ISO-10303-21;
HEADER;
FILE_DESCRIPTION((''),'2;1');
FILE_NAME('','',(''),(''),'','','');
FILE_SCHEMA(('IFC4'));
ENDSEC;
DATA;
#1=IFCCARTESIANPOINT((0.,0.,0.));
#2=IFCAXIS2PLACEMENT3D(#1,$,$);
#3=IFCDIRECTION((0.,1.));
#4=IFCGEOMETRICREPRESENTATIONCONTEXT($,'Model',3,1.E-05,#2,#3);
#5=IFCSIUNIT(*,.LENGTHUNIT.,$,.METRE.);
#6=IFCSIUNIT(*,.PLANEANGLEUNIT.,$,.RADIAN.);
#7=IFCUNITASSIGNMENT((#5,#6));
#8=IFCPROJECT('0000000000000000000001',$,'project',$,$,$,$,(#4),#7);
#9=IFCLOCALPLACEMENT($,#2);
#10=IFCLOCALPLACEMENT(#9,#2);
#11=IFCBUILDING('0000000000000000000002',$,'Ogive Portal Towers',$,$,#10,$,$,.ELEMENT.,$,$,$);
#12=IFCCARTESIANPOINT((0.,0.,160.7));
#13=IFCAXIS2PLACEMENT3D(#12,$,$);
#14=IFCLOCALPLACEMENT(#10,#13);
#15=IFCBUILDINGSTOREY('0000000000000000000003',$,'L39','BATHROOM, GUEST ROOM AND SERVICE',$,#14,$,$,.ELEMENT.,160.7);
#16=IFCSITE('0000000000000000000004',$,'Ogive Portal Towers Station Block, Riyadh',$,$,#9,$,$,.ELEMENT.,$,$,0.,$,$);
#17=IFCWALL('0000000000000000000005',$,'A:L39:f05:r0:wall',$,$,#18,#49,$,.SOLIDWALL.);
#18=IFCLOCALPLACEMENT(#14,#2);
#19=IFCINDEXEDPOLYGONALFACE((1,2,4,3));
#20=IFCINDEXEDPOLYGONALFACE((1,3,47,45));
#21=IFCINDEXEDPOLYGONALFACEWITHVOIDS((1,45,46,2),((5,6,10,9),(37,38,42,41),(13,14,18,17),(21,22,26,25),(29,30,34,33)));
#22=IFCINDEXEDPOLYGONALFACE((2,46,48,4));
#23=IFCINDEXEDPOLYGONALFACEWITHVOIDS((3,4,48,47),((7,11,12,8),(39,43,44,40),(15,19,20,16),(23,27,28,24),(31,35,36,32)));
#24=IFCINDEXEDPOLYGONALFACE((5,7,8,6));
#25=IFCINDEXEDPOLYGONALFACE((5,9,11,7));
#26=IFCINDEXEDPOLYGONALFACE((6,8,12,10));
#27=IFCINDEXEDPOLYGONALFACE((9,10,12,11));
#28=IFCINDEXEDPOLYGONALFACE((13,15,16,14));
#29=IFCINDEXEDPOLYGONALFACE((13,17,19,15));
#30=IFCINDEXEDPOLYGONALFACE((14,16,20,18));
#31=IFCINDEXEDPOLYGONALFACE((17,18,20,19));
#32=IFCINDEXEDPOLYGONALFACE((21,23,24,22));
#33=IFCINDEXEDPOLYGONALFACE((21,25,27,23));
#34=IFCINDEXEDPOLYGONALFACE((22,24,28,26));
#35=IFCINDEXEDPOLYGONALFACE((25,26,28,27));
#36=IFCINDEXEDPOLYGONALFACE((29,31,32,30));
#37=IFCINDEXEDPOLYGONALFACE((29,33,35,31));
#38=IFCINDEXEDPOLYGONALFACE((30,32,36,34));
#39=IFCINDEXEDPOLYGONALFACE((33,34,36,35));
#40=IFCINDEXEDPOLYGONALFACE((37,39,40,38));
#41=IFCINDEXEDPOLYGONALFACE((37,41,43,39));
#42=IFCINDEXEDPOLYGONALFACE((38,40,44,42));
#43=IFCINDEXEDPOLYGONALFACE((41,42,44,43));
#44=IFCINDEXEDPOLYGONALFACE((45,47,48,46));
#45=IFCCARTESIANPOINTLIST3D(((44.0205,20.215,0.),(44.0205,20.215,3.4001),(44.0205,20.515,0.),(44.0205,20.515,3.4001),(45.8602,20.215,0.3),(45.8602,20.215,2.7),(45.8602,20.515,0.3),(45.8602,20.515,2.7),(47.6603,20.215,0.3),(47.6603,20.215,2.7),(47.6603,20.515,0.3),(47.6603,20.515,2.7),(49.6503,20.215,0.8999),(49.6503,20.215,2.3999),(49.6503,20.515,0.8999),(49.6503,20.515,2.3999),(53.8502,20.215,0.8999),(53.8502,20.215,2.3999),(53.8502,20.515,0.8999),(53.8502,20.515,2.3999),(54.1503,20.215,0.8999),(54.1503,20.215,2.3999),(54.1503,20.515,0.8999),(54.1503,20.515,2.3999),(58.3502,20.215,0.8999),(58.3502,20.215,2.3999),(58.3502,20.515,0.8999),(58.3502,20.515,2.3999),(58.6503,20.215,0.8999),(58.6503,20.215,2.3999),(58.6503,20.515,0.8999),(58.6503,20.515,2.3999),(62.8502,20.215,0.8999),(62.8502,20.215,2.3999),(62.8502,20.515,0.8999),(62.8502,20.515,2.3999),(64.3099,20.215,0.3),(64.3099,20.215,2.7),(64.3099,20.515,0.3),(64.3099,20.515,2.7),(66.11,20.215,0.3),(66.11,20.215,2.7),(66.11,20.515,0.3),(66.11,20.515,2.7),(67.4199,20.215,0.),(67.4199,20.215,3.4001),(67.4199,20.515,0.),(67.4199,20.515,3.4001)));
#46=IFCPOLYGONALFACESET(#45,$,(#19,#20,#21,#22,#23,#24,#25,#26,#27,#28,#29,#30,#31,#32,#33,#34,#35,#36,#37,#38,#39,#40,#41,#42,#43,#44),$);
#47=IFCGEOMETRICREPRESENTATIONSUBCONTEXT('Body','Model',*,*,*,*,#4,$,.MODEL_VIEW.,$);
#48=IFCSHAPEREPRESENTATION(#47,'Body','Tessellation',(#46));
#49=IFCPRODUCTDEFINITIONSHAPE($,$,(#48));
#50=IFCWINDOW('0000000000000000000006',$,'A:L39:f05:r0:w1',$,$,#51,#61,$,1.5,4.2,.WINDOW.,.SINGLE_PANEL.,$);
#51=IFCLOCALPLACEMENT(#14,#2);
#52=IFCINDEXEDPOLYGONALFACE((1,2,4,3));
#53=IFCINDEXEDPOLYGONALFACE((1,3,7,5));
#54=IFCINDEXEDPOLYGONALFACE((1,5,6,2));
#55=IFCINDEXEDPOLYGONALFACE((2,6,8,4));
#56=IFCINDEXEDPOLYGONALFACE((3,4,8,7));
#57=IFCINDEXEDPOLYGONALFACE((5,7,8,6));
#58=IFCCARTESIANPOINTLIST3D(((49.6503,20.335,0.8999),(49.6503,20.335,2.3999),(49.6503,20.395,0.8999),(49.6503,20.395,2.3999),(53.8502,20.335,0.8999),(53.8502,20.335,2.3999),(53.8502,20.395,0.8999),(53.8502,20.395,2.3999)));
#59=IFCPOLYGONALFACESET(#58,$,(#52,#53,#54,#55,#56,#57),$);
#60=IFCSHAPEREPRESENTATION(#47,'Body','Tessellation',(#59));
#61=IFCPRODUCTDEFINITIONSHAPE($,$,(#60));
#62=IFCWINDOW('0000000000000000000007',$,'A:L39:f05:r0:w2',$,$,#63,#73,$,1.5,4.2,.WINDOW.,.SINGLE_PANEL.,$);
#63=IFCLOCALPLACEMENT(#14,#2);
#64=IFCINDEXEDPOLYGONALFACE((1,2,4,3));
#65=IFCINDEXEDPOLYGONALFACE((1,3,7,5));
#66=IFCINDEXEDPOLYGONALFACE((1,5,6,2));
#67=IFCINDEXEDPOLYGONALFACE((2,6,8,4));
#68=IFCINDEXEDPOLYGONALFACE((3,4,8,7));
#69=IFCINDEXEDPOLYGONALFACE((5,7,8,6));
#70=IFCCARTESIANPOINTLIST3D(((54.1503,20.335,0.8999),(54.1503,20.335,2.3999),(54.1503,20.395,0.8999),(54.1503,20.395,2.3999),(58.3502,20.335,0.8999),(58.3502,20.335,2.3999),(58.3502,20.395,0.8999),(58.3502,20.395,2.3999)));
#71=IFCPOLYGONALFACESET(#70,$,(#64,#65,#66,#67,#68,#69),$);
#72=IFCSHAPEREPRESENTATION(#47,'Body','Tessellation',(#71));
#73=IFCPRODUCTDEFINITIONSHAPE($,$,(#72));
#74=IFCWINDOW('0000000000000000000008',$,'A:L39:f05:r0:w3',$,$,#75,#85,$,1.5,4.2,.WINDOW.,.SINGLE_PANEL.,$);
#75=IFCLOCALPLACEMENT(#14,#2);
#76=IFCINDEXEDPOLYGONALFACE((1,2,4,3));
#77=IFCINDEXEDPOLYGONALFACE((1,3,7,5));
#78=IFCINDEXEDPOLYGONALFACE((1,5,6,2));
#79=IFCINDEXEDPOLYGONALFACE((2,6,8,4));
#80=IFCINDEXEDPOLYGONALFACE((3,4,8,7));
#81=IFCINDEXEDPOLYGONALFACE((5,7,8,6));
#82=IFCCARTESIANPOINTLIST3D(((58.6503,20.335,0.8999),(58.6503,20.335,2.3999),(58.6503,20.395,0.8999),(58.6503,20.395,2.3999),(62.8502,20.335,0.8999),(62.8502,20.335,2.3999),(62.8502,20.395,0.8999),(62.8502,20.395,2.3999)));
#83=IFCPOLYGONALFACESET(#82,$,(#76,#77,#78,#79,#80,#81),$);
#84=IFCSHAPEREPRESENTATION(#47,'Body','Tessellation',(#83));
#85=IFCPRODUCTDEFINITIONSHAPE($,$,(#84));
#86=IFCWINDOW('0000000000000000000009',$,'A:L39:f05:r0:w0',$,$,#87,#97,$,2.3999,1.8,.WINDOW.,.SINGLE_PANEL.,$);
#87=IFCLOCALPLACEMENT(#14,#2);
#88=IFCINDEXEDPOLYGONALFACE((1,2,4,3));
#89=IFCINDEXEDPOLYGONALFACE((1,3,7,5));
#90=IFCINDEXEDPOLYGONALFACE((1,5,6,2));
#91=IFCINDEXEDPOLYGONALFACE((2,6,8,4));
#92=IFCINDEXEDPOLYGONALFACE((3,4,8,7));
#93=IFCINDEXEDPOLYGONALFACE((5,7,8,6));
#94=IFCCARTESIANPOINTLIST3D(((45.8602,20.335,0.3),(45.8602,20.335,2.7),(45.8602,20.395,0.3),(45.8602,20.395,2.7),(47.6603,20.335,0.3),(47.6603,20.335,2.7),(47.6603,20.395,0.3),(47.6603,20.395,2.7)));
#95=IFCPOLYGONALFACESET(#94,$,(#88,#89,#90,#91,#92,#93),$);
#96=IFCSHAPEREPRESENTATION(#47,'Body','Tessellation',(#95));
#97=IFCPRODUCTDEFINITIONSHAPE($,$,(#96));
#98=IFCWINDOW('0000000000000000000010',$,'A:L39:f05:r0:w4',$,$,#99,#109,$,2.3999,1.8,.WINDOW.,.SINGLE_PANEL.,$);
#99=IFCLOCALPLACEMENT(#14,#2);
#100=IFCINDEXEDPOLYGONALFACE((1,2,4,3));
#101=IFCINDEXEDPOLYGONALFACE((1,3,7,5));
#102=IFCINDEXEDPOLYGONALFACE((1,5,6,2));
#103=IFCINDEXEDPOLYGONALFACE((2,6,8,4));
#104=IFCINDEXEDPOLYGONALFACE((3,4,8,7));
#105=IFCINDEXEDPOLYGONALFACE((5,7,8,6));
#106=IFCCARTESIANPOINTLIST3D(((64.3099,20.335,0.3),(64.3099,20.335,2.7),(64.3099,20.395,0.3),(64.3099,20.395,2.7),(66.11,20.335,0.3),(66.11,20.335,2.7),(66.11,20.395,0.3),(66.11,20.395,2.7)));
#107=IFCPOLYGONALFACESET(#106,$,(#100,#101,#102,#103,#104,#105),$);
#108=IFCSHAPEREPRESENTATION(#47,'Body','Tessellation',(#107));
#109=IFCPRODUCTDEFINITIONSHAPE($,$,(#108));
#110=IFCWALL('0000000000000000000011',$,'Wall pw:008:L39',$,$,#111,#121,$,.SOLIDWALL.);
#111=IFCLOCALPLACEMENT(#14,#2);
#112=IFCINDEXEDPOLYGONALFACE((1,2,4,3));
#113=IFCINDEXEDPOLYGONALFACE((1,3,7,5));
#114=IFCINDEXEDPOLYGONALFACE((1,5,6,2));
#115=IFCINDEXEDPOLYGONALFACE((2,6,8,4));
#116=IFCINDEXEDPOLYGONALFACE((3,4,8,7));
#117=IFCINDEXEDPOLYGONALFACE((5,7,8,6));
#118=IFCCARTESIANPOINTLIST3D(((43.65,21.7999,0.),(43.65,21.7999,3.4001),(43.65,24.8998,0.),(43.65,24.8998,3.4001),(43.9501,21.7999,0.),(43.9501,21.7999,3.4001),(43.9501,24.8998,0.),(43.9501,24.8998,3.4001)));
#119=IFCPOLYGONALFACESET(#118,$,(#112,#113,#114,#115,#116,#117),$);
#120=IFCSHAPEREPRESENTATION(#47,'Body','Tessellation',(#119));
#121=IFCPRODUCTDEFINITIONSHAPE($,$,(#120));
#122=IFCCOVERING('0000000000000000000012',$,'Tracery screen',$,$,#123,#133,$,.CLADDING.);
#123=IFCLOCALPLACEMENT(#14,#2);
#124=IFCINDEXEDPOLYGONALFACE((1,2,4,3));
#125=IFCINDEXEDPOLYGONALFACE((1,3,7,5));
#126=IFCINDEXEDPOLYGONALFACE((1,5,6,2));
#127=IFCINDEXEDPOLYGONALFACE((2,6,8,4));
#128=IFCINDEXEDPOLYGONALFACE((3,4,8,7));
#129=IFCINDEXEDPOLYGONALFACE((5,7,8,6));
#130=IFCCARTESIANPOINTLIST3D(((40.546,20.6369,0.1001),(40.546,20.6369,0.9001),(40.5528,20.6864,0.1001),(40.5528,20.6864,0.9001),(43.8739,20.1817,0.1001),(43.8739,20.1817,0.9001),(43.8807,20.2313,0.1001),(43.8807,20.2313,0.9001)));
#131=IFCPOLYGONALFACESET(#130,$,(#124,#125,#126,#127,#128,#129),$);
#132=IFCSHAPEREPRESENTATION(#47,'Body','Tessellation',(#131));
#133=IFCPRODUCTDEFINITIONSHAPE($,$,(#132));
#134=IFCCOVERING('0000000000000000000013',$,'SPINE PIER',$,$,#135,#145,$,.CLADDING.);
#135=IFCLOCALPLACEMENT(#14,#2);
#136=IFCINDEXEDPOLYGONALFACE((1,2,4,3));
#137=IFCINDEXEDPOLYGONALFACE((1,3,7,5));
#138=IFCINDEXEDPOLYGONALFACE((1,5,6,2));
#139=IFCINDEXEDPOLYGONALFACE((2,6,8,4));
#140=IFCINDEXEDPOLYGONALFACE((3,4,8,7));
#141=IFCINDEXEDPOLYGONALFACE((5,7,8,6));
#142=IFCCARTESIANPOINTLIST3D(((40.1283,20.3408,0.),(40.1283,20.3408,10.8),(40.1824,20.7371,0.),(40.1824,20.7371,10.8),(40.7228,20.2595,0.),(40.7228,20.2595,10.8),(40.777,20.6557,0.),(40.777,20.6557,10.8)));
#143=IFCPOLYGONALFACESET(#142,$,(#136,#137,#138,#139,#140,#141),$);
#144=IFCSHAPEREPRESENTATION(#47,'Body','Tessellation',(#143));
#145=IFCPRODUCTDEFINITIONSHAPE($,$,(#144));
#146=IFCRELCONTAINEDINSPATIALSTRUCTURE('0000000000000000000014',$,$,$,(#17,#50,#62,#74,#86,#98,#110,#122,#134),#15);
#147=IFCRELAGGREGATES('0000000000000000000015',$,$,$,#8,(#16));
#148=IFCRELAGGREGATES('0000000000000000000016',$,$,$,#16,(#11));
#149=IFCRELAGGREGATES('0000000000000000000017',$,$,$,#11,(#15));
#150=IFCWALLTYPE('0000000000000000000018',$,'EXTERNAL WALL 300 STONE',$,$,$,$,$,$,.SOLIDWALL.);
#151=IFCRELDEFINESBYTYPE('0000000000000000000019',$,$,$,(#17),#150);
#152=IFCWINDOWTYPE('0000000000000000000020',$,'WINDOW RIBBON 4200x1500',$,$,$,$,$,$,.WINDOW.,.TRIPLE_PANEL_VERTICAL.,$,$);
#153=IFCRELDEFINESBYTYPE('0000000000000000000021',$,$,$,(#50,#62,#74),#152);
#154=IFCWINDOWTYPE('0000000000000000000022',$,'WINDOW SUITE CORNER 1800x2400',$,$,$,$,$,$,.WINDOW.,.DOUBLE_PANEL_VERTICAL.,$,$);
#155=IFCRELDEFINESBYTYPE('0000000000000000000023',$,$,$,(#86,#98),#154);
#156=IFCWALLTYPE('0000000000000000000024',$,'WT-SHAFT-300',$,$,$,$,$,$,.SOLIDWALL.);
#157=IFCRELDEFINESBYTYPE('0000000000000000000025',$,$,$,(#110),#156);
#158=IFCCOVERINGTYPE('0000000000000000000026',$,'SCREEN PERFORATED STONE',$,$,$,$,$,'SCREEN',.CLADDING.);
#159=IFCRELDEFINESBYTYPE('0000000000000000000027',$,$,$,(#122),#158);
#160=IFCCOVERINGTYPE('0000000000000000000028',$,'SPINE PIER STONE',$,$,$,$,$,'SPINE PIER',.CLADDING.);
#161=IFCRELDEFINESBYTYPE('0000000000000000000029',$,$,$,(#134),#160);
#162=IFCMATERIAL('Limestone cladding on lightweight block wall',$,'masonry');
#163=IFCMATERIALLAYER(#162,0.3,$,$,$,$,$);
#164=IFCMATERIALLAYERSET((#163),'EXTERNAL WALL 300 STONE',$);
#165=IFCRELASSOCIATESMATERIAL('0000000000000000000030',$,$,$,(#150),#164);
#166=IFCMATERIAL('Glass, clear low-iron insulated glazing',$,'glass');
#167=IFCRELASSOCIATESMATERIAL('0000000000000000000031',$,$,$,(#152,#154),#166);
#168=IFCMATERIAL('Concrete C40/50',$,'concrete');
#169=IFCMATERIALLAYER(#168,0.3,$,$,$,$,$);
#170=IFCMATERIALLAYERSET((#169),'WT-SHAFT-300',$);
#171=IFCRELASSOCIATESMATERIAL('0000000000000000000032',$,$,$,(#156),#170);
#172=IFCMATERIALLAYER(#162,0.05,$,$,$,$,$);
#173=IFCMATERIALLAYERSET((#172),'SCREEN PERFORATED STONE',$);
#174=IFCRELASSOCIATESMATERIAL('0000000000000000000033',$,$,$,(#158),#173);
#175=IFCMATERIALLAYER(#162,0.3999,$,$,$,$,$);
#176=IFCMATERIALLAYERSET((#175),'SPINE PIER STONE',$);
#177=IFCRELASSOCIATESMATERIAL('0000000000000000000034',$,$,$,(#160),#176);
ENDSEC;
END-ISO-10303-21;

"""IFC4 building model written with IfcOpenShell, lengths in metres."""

from ifc_helpers import new_model, si_unit, direction, frame, frame_2d, origin, origin_2d, place, context, subcontext, project, spatial, rectangle, extrude, material, layer, layer_set, type_object, element, fill, save


model = new_model("IFC4")

# Units and contexts
model_context = context("Model", 3, precision=1e-05, world=origin(), true_north=direction((0.0, 1.0)))
body_context = subcontext(model_context, "Body", "Model", "MODEL_VIEW")
ifc_project = project(units=[si_unit("LENGTHUNIT", "METRE"), si_unit("PLANEANGLEUNIT", "RADIAN")], contexts=[model_context])

# Site, building, storey
site_placement = place(None, origin())
site = spatial("IfcSite", under=ifc_project, at=site_placement, Name="Ogive Portal Towers Station Block, Riyadh", CompositionType="ELEMENT", RefElevation=0.0)
building_placement = place(site_placement, origin())
building = spatial("IfcBuilding", under=site, at=building_placement, Name="Ogive Portal Towers", CompositionType="ELEMENT")
storey_placement = place(building_placement, frame((0.0, 0.0, 160.7)))
storey = spatial("IfcBuildingStorey", under=building, at=storey_placement, Name="L39", Description="BATHROOM, GUEST ROOM AND SERVICE", CompositionType="ELEMENT", Elevation=160.7)

# Shared definitions
ifc_material_1 = material(Name="Limestone cladding on lightweight block wall", Category="masonry")
ifc_layer_1 = layer(ifc_material_1, 0.3)
ifc_layer_set_1 = layer_set([ifc_layer_1], Name="EXTERNAL WALL 300 STONE")
wall_type_1 = type_object("IfcWallType", Name="EXTERNAL WALL 300 STONE", PredefinedType="SOLIDWALL", material=ifc_layer_set_1)
ifc_material_2 = material(Name="Glass, clear low-iron insulated glazing", Category="glass")

# Wall, openings, windows
wall_1_placement = place(storey_placement, frame((44.0205, 20.365, 0.0), z_axis=(0.0, 0.0, 1.0), x_axis=(1.0, 0.0, 0.0)))
wall_1 = element("IfcWall", 1, at=wall_1_placement, inside=storey, type_object=wall_type_1, Name="A:L39:f05:r0:wall", PredefinedType="SOLIDWALL", context=body_context, shape_type="SweptSolid", body=[
    extrude(rectangle(XDim=23.3994, YDim=0.3, at=frame_2d((11.6997, 0.0))), origin(), (0.0, 0.0, 1.0), 3.4001),
])
opening_1_placement = place(wall_1_placement, frame((1.8398, 0.0, 0.3)))
opening_1 = element("IfcOpeningElement", 2, at=opening_1_placement, cuts=wall_1, PredefinedType="OPENING", context=body_context, shape_type="SweptSolid", body=[
    extrude(rectangle(XDim=1.8, YDim=2.3999, at=frame_2d((0.8999, 1.2))), frame((0.0, 0.1602, 0.0), z_axis=(0.0, -1.0, 0.0), x_axis=(1.0, 0.0, 0.0)), (0.0, 0.0, 1.0), 0.3201),
])
opening_2_placement = place(wall_1_placement, frame((5.6296, 0.0, 0.8999)))
opening_2 = element("IfcOpeningElement", 3, at=opening_2_placement, cuts=wall_1, PredefinedType="OPENING", context=body_context, shape_type="SweptSolid", body=[
    extrude(rectangle(XDim=4.2, YDim=1.5, at=frame_2d((2.1001, 0.75))), frame((0.0, 0.1602, 0.0), z_axis=(0.0, -1.0, 0.0), x_axis=(1.0, 0.0, 0.0)), (0.0, 0.0, 1.0), 0.3201),
])
opening_3_placement = place(wall_1_placement, frame((10.1296, 0.0, 0.8999)))
opening_3 = element("IfcOpeningElement", 4, at=opening_3_placement, cuts=wall_1, PredefinedType="OPENING", context=body_context, shape_type="SweptSolid", body=[
    extrude(rectangle(XDim=4.2, YDim=1.5, at=frame_2d((2.1001, 0.75))), frame((0.0, 0.1602, 0.0), z_axis=(0.0, -1.0, 0.0), x_axis=(1.0, 0.0, 0.0)), (0.0, 0.0, 1.0), 0.3201),
])
opening_4_placement = place(wall_1_placement, frame((14.6296, 0.0, 0.8999)))
opening_4 = element("IfcOpeningElement", 5, at=opening_4_placement, cuts=wall_1, PredefinedType="OPENING", context=body_context, shape_type="SweptSolid", body=[
    extrude(rectangle(XDim=4.2, YDim=1.5, at=frame_2d((2.1001, 0.75))), frame((0.0, 0.1602, 0.0), z_axis=(0.0, -1.0, 0.0), x_axis=(1.0, 0.0, 0.0)), (0.0, 0.0, 1.0), 0.3201),
])
opening_5_placement = place(wall_1_placement, frame((20.2896, 0.0, 0.3)))
opening_5 = element("IfcOpeningElement", 6, at=opening_5_placement, cuts=wall_1, PredefinedType="OPENING", context=body_context, shape_type="SweptSolid", body=[
    extrude(rectangle(XDim=1.8, YDim=2.3999, at=frame_2d((0.8999, 1.2))), frame((0.0, 0.1602, 0.0), z_axis=(0.0, -1.0, 0.0), x_axis=(1.0, 0.0, 0.0)), (0.0, 0.0, 1.0), 0.3201),
])
window_type_1 = type_object("IfcWindowType", Name="WINDOW RIBBON 4200x1500", PartitioningType="TRIPLE_PANEL_VERTICAL", PredefinedType="WINDOW", material=ifc_material_2)
window_1_placement = place(opening_2_placement, origin())
window_1 = element("IfcWindow", 7, at=window_1_placement, inside=storey, type_object=window_type_1, Name="A:L39:f05:r0:w1", OverallHeight=1.5, OverallWidth=4.2, PartitioningType="SINGLE_PANEL", PredefinedType="WINDOW", context=body_context, shape_type="SweptSolid", body=[
    extrude(rectangle(XDim=4.2, YDim=1.5, at=frame_2d((2.1001, 0.75))), frame((0.0, 0.03, 0.0), z_axis=(0.0, -1.0, 0.0), x_axis=(1.0, 0.0, 0.0)), (0.0, 0.0, 1.0), 0.0601),
])
fill(opening_2, window_1)
window_2_placement = place(opening_3_placement, origin())
window_2 = element("IfcWindow", 8, at=window_2_placement, inside=storey, type_object=window_type_1, Name="A:L39:f05:r0:w2", OverallHeight=1.5, OverallWidth=4.2, PartitioningType="SINGLE_PANEL", PredefinedType="WINDOW", context=body_context, shape_type="SweptSolid", body=[
    extrude(rectangle(XDim=4.2, YDim=1.5, at=frame_2d((2.1001, 0.75))), frame((0.0, 0.03, 0.0), z_axis=(0.0, -1.0, 0.0), x_axis=(1.0, 0.0, 0.0)), (0.0, 0.0, 1.0), 0.0601),
])
fill(opening_3, window_2)
window_3_placement = place(opening_4_placement, origin())
window_3 = element("IfcWindow", 9, at=window_3_placement, inside=storey, type_object=window_type_1, Name="A:L39:f05:r0:w3", OverallHeight=1.5, OverallWidth=4.2, PartitioningType="SINGLE_PANEL", PredefinedType="WINDOW", context=body_context, shape_type="SweptSolid", body=[
    extrude(rectangle(XDim=4.2, YDim=1.5, at=frame_2d((2.1001, 0.75))), frame((0.0, 0.03, 0.0), z_axis=(0.0, -1.0, 0.0), x_axis=(1.0, 0.0, 0.0)), (0.0, 0.0, 1.0), 0.0601),
])
fill(opening_4, window_3)
window_type_2 = type_object("IfcWindowType", Name="WINDOW SUITE CORNER 1800x2400", PartitioningType="DOUBLE_PANEL_VERTICAL", PredefinedType="WINDOW", material=ifc_material_2)
window_4_placement = place(opening_1_placement, origin())
window_4 = element("IfcWindow", 10, at=window_4_placement, inside=storey, type_object=window_type_2, Name="A:L39:f05:r0:w0", OverallHeight=2.3999, OverallWidth=1.8, PartitioningType="SINGLE_PANEL", PredefinedType="WINDOW", context=body_context, shape_type="SweptSolid", body=[
    extrude(rectangle(XDim=1.8, YDim=2.3999, at=frame_2d((0.8999, 1.2))), frame((0.0, 0.03, 0.0), z_axis=(0.0, -1.0, 0.0), x_axis=(1.0, 0.0, 0.0)), (0.0, 0.0, 1.0), 0.0601),
])
fill(opening_1, window_4)
window_5_placement = place(opening_5_placement, origin())
window_5 = element("IfcWindow", 11, at=window_5_placement, inside=storey, type_object=window_type_2, Name="A:L39:f05:r0:w4", OverallHeight=2.3999, OverallWidth=1.8, PartitioningType="SINGLE_PANEL", PredefinedType="WINDOW", context=body_context, shape_type="SweptSolid", body=[
    extrude(rectangle(XDim=1.8, YDim=2.3999, at=frame_2d((0.8999, 1.2))), frame((0.0, 0.03, 0.0), z_axis=(0.0, -1.0, 0.0), x_axis=(1.0, 0.0, 0.0)), (0.0, 0.0, 1.0), 0.0601),
])
fill(opening_5, window_5)

# Wall
ifc_material_3 = material(Name="Concrete C40/50", Category="concrete")
ifc_layer_2 = layer(ifc_material_3, 0.3)
ifc_layer_set_2 = layer_set([ifc_layer_2], Name="WT-SHAFT-300")
wall_type_2 = type_object("IfcWallType", Name="WT-SHAFT-300", PredefinedType="SOLIDWALL", material=ifc_layer_set_2)
wall_2_placement = place(storey_placement, frame((43.8, 21.8, 0.0), z_axis=(0.0, 0.0, 1.0), x_axis=(0.0, 1.0, 0.0)))
element("IfcWall", 12, at=wall_2_placement, inside=storey, type_object=wall_type_2, Name="Wall pw:008:L39", PredefinedType="SOLIDWALL", context=body_context, shape_type="SweptSolid", body=[
    extrude(rectangle(XDim=3.0999, YDim=0.3, at=frame_2d((1.5498, 0.0))), origin(), (0.0, 0.0, 1.0), 3.4001),
])

# Coverings
ifc_layer_3 = layer(ifc_material_1, 0.05)
ifc_layer_set_3 = layer_set([ifc_layer_3], Name="SCREEN PERFORATED STONE")
covering_type_1 = type_object("IfcCoveringType", Name="SCREEN PERFORATED STONE", ElementType="SCREEN", PredefinedType="CLADDING", material=ifc_layer_set_3)
covering_1_placement = place(storey_placement, frame((42.2134, 20.4341, 0.1001), z_axis=(0.0, 0.0, 1.0), x_axis=(0.990777, -0.1355, 0.0)))
element("IfcCovering", 13, at=covering_1_placement, inside=storey, type_object=covering_type_1, Name="Tracery screen", PredefinedType="CLADDING", context=body_context, shape_type="SweptSolid", body=[
    extrude(rectangle(XDim=3.3589, YDim=0.05, at=origin_2d()), origin(), (0.0, 0.0, 1.0), 0.8),
])
ifc_layer_4 = layer(ifc_material_1, 0.3999)
ifc_layer_set_4 = layer_set([ifc_layer_4], Name="SPINE PIER STONE")
covering_type_2 = type_object("IfcCoveringType", Name="SPINE PIER STONE", ElementType="SPINE PIER", PredefinedType="CLADDING", material=ifc_layer_set_4)
covering_2_placement = place(storey_placement, frame((40.4526, 20.4983, 0.0), z_axis=(0.0, 0.0, 1.0), x_axis=(0.990777, -0.135499, 0.0)))
element("IfcCovering", 14, at=covering_2_placement, inside=storey, type_object=covering_type_2, Name="SPINE PIER", PredefinedType="CLADDING", context=body_context, shape_type="SweptSolid", body=[
    extrude(rectangle(XDim=0.6001, YDim=0.3999, at=origin_2d()), origin(), (0.0, 0.0, 1.0), 10.8),
])

save(model, "model.ifc")
